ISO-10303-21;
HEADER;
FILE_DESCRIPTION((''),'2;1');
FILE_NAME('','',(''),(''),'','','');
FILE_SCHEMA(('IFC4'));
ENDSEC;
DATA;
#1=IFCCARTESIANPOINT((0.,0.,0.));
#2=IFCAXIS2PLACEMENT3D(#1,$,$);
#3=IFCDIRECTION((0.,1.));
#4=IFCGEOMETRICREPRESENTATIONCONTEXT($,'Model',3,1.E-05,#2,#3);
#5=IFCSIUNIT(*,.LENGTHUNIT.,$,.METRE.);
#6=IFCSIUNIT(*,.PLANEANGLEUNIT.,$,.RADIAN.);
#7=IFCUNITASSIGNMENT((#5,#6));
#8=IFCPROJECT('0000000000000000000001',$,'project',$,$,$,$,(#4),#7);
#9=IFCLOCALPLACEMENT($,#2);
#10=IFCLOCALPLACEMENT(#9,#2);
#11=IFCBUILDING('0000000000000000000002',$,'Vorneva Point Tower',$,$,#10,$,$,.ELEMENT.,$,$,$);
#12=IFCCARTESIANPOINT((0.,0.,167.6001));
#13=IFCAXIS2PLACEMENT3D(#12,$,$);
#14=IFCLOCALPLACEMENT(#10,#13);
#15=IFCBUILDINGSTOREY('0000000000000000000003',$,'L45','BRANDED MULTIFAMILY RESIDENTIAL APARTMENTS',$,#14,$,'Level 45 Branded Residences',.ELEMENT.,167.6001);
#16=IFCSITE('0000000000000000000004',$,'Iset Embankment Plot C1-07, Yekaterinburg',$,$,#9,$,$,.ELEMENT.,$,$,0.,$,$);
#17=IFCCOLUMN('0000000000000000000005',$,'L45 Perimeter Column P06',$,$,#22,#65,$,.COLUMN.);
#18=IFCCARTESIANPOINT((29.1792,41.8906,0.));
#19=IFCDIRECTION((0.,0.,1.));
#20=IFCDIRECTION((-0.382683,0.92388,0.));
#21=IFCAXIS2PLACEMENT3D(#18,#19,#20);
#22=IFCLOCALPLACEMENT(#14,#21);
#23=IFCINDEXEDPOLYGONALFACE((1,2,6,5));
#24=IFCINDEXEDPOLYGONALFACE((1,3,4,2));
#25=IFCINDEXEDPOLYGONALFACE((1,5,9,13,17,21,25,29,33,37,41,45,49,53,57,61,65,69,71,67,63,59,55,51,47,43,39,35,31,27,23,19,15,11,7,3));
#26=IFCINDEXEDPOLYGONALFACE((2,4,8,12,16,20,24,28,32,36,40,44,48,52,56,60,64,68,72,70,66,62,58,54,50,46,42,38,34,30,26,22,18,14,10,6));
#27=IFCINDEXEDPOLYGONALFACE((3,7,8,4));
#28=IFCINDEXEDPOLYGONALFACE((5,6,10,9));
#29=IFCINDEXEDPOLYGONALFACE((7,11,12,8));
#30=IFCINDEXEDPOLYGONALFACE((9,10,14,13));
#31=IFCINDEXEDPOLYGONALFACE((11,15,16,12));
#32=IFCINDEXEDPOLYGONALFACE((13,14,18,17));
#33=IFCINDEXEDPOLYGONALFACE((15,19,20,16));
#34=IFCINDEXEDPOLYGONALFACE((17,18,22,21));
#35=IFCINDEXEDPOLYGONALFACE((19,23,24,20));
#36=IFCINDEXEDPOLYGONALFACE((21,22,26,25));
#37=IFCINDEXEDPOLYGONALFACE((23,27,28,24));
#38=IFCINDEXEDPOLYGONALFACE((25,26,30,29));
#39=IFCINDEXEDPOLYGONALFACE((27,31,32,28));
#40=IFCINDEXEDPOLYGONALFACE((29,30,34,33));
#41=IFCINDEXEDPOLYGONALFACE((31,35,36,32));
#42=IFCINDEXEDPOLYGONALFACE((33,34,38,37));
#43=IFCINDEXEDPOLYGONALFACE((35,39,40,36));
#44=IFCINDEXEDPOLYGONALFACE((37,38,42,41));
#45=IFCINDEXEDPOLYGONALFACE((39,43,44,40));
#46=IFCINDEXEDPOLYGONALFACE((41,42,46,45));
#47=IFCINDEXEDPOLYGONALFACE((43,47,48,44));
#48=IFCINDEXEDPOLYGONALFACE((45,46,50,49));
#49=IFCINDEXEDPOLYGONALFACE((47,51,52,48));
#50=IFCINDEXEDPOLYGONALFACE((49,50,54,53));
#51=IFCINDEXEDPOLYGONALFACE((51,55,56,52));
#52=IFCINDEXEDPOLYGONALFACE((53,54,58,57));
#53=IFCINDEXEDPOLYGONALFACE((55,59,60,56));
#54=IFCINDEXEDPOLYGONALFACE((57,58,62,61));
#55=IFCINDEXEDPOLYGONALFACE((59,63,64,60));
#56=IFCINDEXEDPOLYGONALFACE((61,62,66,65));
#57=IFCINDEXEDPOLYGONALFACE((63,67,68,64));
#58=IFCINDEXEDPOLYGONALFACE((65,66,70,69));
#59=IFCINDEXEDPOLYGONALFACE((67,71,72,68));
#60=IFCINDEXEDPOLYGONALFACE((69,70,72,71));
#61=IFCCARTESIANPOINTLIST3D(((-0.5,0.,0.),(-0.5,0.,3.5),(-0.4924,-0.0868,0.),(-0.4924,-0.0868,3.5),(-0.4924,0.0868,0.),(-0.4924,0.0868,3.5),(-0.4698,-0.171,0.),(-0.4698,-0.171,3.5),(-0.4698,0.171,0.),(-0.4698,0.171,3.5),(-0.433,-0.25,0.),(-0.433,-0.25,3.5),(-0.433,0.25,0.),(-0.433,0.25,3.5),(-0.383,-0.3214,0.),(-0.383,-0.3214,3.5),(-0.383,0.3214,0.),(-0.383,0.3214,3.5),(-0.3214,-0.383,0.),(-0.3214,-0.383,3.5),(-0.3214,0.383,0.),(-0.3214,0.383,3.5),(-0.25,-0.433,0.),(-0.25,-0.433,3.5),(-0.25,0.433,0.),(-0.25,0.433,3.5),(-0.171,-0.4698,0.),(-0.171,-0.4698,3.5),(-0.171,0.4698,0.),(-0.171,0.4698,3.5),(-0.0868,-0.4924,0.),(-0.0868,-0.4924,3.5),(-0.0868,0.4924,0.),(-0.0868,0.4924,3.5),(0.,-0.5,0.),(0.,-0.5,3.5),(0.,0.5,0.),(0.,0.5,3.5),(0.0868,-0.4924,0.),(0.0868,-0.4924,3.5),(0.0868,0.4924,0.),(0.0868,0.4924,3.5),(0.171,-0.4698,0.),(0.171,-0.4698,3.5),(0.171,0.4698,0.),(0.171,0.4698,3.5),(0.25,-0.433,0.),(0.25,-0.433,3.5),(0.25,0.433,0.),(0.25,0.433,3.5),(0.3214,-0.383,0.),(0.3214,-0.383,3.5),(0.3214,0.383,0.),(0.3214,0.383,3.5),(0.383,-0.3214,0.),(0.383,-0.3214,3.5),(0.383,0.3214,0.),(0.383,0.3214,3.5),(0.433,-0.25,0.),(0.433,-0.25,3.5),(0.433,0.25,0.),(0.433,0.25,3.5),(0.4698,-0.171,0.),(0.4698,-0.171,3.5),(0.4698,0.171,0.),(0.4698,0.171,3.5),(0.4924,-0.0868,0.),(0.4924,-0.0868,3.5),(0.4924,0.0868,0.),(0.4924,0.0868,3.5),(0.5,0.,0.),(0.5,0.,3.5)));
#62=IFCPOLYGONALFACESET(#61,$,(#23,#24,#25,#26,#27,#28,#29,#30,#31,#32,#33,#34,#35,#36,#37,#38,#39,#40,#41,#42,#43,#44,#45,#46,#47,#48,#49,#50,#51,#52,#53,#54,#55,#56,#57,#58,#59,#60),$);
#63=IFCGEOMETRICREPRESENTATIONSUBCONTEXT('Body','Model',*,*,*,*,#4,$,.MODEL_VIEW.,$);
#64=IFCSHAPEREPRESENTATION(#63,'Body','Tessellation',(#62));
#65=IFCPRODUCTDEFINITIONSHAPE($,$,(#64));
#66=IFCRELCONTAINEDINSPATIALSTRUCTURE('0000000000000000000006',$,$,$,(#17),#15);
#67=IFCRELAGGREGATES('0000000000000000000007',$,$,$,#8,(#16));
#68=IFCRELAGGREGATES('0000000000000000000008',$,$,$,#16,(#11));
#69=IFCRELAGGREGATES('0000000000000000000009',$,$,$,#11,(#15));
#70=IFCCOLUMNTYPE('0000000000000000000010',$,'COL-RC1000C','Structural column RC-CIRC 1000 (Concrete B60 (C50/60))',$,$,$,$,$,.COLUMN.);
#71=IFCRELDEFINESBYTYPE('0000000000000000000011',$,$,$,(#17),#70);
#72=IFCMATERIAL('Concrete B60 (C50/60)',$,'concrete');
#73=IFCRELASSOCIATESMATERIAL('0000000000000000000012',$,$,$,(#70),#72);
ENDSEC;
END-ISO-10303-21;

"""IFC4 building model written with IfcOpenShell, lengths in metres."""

from ifc_helpers import new_model, si_unit, direction, frame, origin, origin_2d, place, context, subcontext, project, spatial, circle, extrude, material, material_profile, profile_set, type_object, element, save


model = new_model("IFC4")

# Units and contexts
model_context = context("Model", 3, precision=1e-05, world=origin(), true_north=direction((0.0, 1.0)))
body_context = subcontext(model_context, "Body", "Model", "MODEL_VIEW")
ifc_project = project(units=[si_unit("LENGTHUNIT", "METRE"), si_unit("PLANEANGLEUNIT", "RADIAN")], contexts=[model_context])

# Site, building, storey
site_placement = place(None, origin())
site = spatial("IfcSite", under=ifc_project, at=site_placement, Name="Iset Embankment Plot C1-07, Yekaterinburg", CompositionType="ELEMENT", RefElevation=0.0)
building_placement = place(site_placement, origin())
building = spatial("IfcBuilding", under=site, at=building_placement, Name="Vorneva Point Tower", CompositionType="ELEMENT")
storey_placement = place(building_placement, frame((0.0, 0.0, 167.6001)))
storey = spatial("IfcBuildingStorey", under=building, at=storey_placement, Name="L45", Description="BRANDED MULTIFAMILY RESIDENTIAL APARTMENTS", LongName="Level 45 Branded Residences", CompositionType="ELEMENT", Elevation=167.6001)

# Column
ifc_material_1 = material(Name="Concrete B60 (C50/60)", Category="concrete")
ifc_material_profile_1 = material_profile(ifc_material_1, circle(Radius=0.5, at=origin_2d()), Name="RC-CIRC 1000")
ifc_profile_set_1 = profile_set([ifc_material_profile_1], Name="Concrete B60 (C50/60)")
column_type = type_object("IfcColumnType", Name="COL-RC1000C", Description="Structural column RC-CIRC 1000 (Concrete B60 (C50/60))", PredefinedType="COLUMN", material=ifc_profile_set_1)
column_placement = place(storey_placement, frame((29.1792, 41.8906, 0.0), z_axis=(0.0, 0.0, 1.0), x_axis=(-0.382683, 0.92388, 0.0)))
element("IfcColumn", 1, at=column_placement, inside=storey, type_object=column_type, Name="L45 Perimeter Column P06", PredefinedType="COLUMN", context=body_context, shape_type="SweptSolid", body=[
    extrude(circle(Radius=0.5, at=origin_2d()), origin(), (0.0, 0.0, 1.0), 3.5),
])

save(model, "model.ifc")
